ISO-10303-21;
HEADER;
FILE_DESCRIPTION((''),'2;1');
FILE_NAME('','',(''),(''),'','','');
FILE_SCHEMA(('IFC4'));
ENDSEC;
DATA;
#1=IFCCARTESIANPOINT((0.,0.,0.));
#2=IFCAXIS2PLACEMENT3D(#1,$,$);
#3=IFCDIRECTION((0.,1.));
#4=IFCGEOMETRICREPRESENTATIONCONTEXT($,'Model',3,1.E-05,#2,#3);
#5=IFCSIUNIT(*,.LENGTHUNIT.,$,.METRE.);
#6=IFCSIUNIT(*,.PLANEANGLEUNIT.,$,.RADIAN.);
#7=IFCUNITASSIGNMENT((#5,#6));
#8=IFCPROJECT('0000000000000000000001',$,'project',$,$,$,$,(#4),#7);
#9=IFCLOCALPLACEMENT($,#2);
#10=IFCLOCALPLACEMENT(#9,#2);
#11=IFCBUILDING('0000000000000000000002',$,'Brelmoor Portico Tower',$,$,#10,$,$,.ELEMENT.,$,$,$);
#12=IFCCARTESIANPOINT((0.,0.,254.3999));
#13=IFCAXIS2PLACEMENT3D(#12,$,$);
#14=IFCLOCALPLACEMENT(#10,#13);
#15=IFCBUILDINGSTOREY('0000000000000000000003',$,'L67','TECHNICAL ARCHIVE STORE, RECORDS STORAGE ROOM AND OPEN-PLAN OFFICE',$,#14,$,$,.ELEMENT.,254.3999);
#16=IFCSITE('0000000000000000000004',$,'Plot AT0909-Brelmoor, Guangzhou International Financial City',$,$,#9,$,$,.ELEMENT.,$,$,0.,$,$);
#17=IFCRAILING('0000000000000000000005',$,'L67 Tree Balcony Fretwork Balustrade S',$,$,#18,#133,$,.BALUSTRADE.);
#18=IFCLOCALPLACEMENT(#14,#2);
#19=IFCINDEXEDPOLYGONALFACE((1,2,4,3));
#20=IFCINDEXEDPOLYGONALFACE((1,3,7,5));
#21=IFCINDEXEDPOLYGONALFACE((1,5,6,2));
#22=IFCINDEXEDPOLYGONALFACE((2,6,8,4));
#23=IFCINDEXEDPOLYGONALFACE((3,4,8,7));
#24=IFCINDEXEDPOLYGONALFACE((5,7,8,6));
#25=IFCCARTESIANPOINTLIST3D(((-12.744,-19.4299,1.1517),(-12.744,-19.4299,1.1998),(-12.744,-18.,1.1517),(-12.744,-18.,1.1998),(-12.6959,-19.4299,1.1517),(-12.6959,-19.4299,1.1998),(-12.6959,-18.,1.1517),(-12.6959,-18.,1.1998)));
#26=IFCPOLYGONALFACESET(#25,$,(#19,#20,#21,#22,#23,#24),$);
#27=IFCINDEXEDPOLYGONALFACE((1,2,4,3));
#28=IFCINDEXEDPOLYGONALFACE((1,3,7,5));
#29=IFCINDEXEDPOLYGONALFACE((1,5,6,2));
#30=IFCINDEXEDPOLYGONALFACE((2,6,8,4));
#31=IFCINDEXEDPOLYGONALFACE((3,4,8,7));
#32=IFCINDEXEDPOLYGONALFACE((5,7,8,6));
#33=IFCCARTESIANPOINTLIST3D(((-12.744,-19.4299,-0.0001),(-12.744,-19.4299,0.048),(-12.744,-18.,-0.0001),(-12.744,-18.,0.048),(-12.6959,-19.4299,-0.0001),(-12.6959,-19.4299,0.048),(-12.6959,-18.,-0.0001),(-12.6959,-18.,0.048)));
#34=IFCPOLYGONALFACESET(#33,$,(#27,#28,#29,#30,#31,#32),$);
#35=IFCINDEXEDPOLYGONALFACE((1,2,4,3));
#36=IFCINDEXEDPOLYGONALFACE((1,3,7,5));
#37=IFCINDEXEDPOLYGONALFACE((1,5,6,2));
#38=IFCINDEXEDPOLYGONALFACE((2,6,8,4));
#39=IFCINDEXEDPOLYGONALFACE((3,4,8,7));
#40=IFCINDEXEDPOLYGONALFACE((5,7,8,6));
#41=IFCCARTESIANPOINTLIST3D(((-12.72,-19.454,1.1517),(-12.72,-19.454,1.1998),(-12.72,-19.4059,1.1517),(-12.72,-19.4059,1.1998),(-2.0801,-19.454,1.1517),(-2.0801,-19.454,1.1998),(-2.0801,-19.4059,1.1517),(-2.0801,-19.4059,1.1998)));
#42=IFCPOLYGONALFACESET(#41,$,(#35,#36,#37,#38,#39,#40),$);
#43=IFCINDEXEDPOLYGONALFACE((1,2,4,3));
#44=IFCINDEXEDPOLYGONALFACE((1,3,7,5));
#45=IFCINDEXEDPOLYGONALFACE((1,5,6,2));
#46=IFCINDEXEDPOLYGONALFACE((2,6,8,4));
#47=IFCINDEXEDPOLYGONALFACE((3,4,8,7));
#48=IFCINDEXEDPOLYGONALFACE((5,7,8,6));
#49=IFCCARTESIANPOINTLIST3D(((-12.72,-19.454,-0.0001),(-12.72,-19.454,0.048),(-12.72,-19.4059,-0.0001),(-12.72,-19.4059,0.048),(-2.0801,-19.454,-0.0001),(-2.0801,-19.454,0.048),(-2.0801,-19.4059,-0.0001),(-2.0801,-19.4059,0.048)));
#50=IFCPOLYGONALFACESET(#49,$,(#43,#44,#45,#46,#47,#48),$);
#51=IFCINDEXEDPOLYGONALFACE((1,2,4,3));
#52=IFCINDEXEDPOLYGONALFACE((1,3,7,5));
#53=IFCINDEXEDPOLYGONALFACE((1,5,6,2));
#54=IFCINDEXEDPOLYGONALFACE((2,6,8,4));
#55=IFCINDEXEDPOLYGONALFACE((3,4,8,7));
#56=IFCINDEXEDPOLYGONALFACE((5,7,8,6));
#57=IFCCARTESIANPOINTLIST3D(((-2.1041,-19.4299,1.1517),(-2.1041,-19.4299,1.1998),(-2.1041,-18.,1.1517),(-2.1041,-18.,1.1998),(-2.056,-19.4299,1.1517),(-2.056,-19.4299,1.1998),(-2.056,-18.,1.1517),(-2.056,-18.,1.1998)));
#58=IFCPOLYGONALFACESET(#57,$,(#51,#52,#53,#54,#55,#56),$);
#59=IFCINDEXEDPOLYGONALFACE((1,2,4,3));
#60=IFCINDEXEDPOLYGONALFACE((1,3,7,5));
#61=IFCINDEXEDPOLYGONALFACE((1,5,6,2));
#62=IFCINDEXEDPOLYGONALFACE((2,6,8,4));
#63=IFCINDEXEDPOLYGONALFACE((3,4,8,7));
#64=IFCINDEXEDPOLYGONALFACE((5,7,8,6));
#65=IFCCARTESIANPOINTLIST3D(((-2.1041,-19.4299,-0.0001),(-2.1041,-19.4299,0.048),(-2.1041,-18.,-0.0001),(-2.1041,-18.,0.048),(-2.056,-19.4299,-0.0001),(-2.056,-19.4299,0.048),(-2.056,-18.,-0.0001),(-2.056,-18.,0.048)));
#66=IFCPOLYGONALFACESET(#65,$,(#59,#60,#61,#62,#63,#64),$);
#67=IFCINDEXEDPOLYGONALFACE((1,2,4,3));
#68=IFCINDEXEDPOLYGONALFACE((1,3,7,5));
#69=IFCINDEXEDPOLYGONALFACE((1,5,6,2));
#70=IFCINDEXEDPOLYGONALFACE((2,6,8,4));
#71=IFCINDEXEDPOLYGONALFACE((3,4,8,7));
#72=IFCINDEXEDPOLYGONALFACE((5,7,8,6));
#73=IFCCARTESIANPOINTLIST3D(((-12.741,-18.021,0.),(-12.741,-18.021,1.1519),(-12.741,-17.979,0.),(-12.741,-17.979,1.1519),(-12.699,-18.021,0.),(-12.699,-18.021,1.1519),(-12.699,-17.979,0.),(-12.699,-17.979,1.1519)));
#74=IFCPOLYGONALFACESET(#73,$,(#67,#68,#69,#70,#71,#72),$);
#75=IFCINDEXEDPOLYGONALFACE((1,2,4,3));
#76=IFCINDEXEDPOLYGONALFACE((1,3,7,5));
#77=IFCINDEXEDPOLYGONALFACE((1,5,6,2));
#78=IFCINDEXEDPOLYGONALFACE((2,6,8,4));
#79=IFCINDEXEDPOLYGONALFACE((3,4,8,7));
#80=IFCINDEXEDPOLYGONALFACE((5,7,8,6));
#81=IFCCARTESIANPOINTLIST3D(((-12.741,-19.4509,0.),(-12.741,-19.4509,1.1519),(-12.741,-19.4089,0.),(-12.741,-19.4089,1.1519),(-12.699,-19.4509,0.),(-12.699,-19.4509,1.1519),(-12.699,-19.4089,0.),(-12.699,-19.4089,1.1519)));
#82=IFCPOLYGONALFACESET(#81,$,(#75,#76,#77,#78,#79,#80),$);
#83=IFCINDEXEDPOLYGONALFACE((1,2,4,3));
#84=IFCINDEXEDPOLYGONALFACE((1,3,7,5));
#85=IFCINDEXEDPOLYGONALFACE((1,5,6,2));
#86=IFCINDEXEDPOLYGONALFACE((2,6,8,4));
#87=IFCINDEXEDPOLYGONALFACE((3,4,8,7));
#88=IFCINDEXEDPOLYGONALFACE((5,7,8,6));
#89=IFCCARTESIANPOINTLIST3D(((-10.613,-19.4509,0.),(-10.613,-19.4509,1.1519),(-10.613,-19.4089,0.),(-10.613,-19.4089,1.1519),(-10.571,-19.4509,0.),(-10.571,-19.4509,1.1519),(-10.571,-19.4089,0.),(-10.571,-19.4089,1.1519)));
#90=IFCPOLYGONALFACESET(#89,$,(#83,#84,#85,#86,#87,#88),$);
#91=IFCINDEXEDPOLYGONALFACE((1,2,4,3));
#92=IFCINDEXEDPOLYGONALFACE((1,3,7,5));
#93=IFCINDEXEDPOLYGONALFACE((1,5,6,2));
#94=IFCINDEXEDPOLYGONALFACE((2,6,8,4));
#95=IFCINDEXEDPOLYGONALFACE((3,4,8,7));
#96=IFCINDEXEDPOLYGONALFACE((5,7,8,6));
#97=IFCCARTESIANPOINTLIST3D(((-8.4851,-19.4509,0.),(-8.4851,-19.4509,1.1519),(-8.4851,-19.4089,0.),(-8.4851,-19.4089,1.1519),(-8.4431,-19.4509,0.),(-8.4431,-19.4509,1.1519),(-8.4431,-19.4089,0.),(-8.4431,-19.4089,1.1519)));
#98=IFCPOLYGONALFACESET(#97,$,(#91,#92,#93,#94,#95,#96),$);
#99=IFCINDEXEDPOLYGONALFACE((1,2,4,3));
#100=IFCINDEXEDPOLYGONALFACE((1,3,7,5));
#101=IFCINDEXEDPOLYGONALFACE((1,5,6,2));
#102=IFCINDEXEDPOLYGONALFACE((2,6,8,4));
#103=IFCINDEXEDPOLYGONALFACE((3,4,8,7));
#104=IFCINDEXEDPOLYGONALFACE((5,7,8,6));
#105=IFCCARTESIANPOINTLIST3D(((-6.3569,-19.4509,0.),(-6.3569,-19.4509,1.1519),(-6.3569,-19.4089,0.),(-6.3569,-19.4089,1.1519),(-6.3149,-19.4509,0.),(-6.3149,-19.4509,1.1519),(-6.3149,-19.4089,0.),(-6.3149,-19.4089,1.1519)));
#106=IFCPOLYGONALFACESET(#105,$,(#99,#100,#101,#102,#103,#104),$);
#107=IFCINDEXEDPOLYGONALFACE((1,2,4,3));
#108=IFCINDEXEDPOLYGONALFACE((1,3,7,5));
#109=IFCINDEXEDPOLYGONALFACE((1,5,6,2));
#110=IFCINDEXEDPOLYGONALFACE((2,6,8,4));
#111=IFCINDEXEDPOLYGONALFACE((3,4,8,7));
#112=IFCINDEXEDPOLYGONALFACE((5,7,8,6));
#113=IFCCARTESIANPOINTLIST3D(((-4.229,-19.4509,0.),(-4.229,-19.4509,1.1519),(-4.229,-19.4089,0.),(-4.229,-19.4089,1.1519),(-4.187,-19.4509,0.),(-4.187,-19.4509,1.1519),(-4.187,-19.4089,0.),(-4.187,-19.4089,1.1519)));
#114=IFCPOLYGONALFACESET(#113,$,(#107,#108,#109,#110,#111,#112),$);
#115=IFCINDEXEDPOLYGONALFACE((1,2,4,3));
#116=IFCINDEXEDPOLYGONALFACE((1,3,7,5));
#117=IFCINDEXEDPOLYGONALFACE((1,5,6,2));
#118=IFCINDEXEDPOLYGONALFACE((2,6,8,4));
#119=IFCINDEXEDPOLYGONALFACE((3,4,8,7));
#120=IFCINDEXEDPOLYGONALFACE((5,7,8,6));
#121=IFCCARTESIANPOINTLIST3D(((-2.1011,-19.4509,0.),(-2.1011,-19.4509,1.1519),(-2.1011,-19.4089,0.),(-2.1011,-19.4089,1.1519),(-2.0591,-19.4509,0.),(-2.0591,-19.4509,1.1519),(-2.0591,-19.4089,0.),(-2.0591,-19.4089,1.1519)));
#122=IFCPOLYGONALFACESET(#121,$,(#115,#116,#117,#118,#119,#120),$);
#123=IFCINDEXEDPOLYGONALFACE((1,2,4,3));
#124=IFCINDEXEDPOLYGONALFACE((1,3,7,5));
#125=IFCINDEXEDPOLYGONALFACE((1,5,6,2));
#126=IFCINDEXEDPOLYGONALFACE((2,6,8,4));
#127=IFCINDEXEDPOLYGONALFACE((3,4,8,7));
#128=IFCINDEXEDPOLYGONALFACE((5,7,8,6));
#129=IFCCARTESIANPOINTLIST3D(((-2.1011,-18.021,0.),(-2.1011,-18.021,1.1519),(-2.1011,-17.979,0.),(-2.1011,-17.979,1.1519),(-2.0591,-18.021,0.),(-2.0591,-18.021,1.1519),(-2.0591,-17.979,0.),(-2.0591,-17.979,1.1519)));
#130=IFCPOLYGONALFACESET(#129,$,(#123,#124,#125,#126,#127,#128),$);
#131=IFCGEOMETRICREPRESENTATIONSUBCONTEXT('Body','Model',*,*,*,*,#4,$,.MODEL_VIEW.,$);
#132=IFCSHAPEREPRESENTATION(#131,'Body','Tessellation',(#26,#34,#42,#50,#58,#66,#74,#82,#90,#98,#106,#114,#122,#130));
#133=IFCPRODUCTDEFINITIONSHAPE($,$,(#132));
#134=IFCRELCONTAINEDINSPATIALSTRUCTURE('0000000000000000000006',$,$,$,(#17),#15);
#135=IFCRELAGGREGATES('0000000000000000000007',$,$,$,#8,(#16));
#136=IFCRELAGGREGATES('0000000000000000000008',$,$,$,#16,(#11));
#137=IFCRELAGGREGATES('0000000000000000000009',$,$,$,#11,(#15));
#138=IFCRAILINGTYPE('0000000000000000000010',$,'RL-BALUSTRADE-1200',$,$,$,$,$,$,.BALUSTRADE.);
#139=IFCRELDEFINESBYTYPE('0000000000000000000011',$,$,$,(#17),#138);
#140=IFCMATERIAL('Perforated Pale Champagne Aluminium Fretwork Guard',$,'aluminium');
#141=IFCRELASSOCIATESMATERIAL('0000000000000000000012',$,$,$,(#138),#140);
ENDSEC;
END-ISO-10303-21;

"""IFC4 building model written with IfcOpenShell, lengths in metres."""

from ifc_helpers import new_model, si_unit, direction, frame, origin, origin_2d, place, context, subcontext, project, spatial, rectangle, extrude, material, type_object, element, save


model = new_model("IFC4")

# Units and contexts
model_context = context("Model", 3, precision=1e-05, world=origin(), true_north=direction((0.0, 1.0)))
body_context = subcontext(model_context, "Body", "Model", "MODEL_VIEW")
ifc_project = project(units=[si_unit("LENGTHUNIT", "METRE"), si_unit("PLANEANGLEUNIT", "RADIAN")], contexts=[model_context])

# Site, building, storey
site_placement = place(None, origin())
site = spatial("IfcSite", under=ifc_project, at=site_placement, Name="Plot AT0909-Brelmoor, Guangzhou International Financial City", CompositionType="ELEMENT", RefElevation=0.0)
building_placement = place(site_placement, origin())
building = spatial("IfcBuilding", under=site, at=building_placement, Name="Brelmoor Portico Tower", CompositionType="ELEMENT")
storey_placement = place(building_placement, frame((0.0, 0.0, 254.3999)))
storey = spatial("IfcBuildingStorey", under=building, at=storey_placement, Name="L67", Description="TECHNICAL ARCHIVE STORE, RECORDS STORAGE ROOM AND OPEN-PLAN OFFICE", CompositionType="ELEMENT", Elevation=254.3999)

# Railing
ifc_material_1 = material(Name="Perforated Pale Champagne Aluminium Fretwork Guard", Category="aluminium")
railing_type = type_object("IfcRailingType", Name="RL-BALUSTRADE-1200", PredefinedType="BALUSTRADE", material=ifc_material_1)
railing_1_placement = place(storey_placement, frame((-12.72, -18.0, 0.0)))
element("IfcRailing", 1, at=railing_1_placement, inside=storey, type_object=railing_type, Name="L67 Tree Balcony Fretwork Balustrade S", PredefinedType="BALUSTRADE", context=body_context, shape_type="SweptSolid", body=[
    extrude(rectangle(XDim=0.0481, YDim=0.0481, at=origin_2d()), frame((0.0, 0.0, 1.1758), z_axis=(0.0, -1.0, 0.0), x_axis=(1.0, 0.0, 0.0)), (0.0, 0.0, 1.0), 1.4299),
    extrude(rectangle(XDim=0.0481, YDim=0.0481, at=origin_2d()), frame((0.0, 0.0, 0.0239), z_axis=(0.0, -1.0, 0.0), x_axis=(1.0, 0.0, 0.0)), (0.0, 0.0, 1.0), 1.4299),
    extrude(rectangle(XDim=0.0481, YDim=0.0481, at=origin_2d()), frame((0.0, -1.4299, 1.1758), z_axis=(1.0, 0.0, 0.0), x_axis=(0.0, 1.0, 0.0)), (0.0, 0.0, 1.0), 10.6399),
    extrude(rectangle(XDim=0.0481, YDim=0.0481, at=origin_2d()), frame((0.0, -1.4299, 0.0239), z_axis=(1.0, 0.0, 0.0), x_axis=(0.0, 1.0, 0.0)), (0.0, 0.0, 1.0), 10.6399),
    extrude(rectangle(XDim=0.0481, YDim=0.0481, at=origin_2d()), frame((10.6399, -1.4299, 1.1758), z_axis=(0.0, 1.0, 0.0), x_axis=(-1.0, 0.0, 0.0)), (0.0, 0.0, 1.0), 1.4299),
    extrude(rectangle(XDim=0.0481, YDim=0.0481, at=origin_2d()), frame((10.6399, -1.4299, 0.0239), z_axis=(0.0, 1.0, 0.0), x_axis=(-1.0, 0.0, 0.0)), (0.0, 0.0, 1.0), 1.4299),
    extrude(rectangle(XDim=0.042, YDim=0.042, at=origin_2d()), origin(), (0.0, 0.0, 1.0), 1.1519),
    extrude(rectangle(XDim=0.042, YDim=0.042, at=origin_2d()), frame((0.0, -1.4299, 0.0)), (0.0, 0.0, 1.0), 1.1519),
    extrude(rectangle(XDim=0.042, YDim=0.042, at=origin_2d()), frame((2.1279, -1.4299, 0.0)), (0.0, 0.0, 1.0), 1.1519),
    extrude(rectangle(XDim=0.042, YDim=0.042, at=origin_2d()), frame((4.2559, -1.4299, 0.0)), (0.0, 0.0, 1.0), 1.1519),
    extrude(rectangle(XDim=0.042, YDim=0.042, at=origin_2d()), frame((6.384, -1.4299, 0.0)), (0.0, 0.0, 1.0), 1.1519),
    extrude(rectangle(XDim=0.042, YDim=0.042, at=origin_2d()), frame((8.512, -1.4299, 0.0)), (0.0, 0.0, 1.0), 1.1519),
    extrude(rectangle(XDim=0.042, YDim=0.042, at=origin_2d()), frame((10.6399, -1.4299, 0.0)), (0.0, 0.0, 1.0), 1.1519),
    extrude(rectangle(XDim=0.042, YDim=0.042, at=origin_2d()), frame((10.6399, 0.0, 0.0)), (0.0, 0.0, 1.0), 1.1519),
])

save(model, "model.ifc")
